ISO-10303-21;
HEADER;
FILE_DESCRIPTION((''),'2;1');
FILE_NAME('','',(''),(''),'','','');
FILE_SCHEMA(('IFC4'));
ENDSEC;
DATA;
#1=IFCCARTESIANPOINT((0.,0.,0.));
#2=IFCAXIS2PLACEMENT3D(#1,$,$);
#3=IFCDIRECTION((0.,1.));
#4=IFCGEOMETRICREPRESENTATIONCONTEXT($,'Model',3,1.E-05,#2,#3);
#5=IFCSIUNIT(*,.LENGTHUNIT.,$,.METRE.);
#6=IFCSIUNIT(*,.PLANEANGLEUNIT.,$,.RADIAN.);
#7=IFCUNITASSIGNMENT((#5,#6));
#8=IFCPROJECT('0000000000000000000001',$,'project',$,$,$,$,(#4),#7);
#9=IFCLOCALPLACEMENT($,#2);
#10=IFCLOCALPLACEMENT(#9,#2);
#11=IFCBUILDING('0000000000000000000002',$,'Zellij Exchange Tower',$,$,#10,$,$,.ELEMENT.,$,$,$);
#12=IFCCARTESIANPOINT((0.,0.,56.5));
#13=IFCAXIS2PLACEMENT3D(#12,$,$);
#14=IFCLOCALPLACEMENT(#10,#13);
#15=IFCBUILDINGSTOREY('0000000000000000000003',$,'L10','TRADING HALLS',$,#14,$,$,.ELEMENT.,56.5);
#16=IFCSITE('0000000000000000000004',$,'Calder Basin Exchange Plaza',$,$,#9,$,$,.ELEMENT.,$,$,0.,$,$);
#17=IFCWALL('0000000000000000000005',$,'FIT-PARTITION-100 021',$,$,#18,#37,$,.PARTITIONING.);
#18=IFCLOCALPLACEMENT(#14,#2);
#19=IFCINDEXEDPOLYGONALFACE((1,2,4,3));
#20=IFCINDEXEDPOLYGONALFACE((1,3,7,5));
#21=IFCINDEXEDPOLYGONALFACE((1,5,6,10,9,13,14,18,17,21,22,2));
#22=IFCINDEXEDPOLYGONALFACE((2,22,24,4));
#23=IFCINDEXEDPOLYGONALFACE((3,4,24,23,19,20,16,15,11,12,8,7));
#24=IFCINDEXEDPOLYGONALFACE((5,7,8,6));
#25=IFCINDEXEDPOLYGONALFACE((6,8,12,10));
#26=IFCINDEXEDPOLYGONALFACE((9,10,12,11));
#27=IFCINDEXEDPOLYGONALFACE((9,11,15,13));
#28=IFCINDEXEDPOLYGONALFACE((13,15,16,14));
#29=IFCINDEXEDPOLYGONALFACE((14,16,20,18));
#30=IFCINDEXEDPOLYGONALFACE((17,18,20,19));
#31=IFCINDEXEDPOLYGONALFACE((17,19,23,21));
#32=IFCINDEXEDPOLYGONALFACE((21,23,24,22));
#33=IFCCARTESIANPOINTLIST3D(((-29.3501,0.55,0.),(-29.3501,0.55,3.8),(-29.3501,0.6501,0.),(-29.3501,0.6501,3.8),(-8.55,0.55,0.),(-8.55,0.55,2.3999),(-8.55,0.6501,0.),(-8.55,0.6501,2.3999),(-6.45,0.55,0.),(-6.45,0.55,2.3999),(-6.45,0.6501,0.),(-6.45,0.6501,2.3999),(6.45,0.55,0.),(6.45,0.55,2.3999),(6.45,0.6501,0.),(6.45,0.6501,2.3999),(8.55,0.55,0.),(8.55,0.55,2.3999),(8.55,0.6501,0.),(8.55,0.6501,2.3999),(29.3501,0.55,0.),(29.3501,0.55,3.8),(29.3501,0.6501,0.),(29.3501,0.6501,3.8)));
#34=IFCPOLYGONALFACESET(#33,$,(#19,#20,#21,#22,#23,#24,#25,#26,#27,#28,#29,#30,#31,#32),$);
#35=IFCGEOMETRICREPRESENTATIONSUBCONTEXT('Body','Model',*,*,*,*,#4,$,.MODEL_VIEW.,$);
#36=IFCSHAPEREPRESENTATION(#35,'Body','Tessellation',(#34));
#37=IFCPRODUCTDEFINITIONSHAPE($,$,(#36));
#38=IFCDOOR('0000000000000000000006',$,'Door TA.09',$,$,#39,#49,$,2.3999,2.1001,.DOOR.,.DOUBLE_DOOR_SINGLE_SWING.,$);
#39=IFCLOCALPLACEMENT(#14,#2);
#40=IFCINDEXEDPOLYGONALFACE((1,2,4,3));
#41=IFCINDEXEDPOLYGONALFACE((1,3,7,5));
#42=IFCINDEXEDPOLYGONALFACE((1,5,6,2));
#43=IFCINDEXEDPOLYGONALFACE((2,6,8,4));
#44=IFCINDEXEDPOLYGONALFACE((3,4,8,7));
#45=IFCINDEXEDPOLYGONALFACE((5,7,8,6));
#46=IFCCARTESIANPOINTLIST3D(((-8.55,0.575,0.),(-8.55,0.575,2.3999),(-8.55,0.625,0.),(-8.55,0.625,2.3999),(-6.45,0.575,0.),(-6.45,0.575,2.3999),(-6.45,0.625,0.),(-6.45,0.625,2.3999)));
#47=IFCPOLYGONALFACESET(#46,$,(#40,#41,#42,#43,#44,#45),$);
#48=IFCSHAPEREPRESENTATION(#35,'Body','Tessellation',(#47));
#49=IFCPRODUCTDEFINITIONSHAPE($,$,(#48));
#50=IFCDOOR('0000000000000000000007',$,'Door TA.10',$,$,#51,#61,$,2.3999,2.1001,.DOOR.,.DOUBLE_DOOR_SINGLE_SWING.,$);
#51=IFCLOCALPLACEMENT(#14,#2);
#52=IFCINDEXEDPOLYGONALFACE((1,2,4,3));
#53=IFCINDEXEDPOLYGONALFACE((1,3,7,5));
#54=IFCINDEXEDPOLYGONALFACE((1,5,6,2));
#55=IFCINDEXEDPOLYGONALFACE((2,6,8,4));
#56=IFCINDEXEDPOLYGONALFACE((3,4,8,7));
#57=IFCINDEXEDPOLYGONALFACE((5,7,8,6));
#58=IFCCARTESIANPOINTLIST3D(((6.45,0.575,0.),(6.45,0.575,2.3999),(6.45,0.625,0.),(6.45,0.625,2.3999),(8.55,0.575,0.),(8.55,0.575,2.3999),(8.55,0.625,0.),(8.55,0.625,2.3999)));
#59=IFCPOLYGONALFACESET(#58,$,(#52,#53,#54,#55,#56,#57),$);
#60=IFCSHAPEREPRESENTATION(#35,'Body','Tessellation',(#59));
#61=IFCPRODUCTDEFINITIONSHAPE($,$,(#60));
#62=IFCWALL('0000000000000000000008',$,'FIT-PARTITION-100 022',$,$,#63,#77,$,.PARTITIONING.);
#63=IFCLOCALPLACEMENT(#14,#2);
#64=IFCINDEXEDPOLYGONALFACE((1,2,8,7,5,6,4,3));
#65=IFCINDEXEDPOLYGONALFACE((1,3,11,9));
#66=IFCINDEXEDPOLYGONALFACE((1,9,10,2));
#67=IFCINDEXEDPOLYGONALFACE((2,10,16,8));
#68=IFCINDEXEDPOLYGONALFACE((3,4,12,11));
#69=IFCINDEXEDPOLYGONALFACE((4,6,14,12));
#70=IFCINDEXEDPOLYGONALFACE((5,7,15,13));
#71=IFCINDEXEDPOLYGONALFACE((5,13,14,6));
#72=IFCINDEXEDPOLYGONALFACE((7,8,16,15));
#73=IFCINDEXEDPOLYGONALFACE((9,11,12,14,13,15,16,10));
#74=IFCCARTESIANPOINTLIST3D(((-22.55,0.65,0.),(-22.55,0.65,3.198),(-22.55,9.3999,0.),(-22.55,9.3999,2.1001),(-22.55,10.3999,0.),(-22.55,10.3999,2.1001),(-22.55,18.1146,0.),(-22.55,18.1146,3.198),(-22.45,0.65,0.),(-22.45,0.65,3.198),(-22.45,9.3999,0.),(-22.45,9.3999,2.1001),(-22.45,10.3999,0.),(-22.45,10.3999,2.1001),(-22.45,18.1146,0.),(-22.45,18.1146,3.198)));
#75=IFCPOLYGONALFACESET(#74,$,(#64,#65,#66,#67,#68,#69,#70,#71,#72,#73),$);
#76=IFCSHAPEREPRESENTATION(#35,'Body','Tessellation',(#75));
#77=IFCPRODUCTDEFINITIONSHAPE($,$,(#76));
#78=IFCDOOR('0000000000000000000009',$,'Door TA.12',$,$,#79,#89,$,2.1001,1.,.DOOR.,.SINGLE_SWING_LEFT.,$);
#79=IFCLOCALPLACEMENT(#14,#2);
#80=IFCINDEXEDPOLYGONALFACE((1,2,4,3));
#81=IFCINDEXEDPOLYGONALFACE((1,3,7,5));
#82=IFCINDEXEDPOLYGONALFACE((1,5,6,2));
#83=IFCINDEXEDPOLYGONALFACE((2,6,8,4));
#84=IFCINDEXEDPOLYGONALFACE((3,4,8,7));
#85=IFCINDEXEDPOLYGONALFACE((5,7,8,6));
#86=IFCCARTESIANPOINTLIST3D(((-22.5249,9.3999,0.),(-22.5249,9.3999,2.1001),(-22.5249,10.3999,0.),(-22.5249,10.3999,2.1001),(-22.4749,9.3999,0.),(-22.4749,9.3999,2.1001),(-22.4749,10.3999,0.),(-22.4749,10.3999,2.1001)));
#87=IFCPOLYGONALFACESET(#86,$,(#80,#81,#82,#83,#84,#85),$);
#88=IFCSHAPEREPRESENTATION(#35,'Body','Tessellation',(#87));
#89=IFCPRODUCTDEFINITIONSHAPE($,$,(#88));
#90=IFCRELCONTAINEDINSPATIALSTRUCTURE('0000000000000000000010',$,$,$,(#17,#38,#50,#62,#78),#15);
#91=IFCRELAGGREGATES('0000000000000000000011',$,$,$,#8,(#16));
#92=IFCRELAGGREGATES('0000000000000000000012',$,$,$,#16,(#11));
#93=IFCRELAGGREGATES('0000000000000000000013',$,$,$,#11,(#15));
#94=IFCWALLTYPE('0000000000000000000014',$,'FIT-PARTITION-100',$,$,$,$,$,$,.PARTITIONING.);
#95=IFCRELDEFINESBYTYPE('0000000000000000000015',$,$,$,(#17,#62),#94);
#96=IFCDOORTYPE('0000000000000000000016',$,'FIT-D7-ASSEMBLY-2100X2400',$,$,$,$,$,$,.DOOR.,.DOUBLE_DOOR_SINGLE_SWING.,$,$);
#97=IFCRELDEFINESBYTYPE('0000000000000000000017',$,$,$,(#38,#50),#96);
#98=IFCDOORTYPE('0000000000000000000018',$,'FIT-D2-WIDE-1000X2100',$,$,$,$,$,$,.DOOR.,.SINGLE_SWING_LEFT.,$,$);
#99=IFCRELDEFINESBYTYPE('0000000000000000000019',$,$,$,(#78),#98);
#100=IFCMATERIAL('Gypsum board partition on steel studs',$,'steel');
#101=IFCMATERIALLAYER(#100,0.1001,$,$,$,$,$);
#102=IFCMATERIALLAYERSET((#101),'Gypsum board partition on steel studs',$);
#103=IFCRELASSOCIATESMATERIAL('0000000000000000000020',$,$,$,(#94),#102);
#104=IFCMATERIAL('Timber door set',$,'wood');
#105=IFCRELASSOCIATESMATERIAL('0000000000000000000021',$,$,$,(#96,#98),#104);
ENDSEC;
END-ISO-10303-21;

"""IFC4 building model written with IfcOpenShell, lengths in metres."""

from ifc_helpers import new_model, si_unit, direction, frame, frame_2d, origin, place, context, subcontext, project, spatial, rectangle, extrude, material, layer, layer_set, type_object, element, fill, save


model = new_model("IFC4")

# Units and contexts
model_context = context("Model", 3, precision=1e-05, world=origin(), true_north=direction((0.0, 1.0)))
body_context = subcontext(model_context, "Body", "Model", "MODEL_VIEW")
ifc_project = project(units=[si_unit("LENGTHUNIT", "METRE"), si_unit("PLANEANGLEUNIT", "RADIAN")], contexts=[model_context])

# Site, building, storey
site_placement = place(None, origin())
site = spatial("IfcSite", under=ifc_project, at=site_placement, Name="Calder Basin Exchange Plaza", CompositionType="ELEMENT", RefElevation=0.0)
building_placement = place(site_placement, origin())
building = spatial("IfcBuilding", under=site, at=building_placement, Name="Zellij Exchange Tower", CompositionType="ELEMENT")
storey_placement = place(building_placement, frame((0.0, 0.0, 56.5)))
storey = spatial("IfcBuildingStorey", under=building, at=storey_placement, Name="L10", Description="TRADING HALLS", CompositionType="ELEMENT", Elevation=56.5)

# Shared definitions
ifc_material_1 = material(Name="Gypsum board partition on steel studs", Category="steel")
ifc_layer_1 = layer(ifc_material_1, 0.1001)
ifc_layer_set_1 = layer_set([ifc_layer_1], Name="Gypsum board partition on steel studs")
wall_type_1 = type_object("IfcWallType", Name="FIT-PARTITION-100", PredefinedType="PARTITIONING", material=ifc_layer_set_1)

# Wall, openings, doors
wall_1_placement = place(storey_placement, frame((-29.3501, 0.6001, 0.0), z_axis=(0.0, 0.0, 1.0), x_axis=(1.0, 0.0, 0.0)))
wall_1 = element("IfcWall", 1, at=wall_1_placement, inside=storey, type_object=wall_type_1, Name="FIT-PARTITION-100 021", PredefinedType="PARTITIONING", context=body_context, shape_type="SweptSolid", body=[
    extrude(rectangle(XDim=58.7002, YDim=0.1001, at=frame_2d((29.3501, 0.0))), origin(), (0.0, 0.0, 1.0), 3.8),
])
opening_1_placement = place(wall_1_placement, frame((20.8, 0.0, 0.0)))
opening_1 = element("IfcOpeningElement", 2, at=opening_1_placement, cuts=wall_1, PredefinedType="OPENING", context=body_context, shape_type="SweptSolid", body=[
    extrude(rectangle(XDim=2.1001, YDim=2.3999, at=frame_2d((1.05, 1.2))), frame((0.0, 0.062, 0.0), z_axis=(0.0, -1.0, 0.0), x_axis=(1.0, 0.0, 0.0)), (0.0, 0.0, 1.0), 0.124),
])
opening_2_placement = place(wall_1_placement, frame((35.8, 0.0, 0.0)))
opening_2 = element("IfcOpeningElement", 3, at=opening_2_placement, cuts=wall_1, PredefinedType="OPENING", context=body_context, shape_type="SweptSolid", body=[
    extrude(rectangle(XDim=2.1001, YDim=2.3999, at=frame_2d((1.05, 1.2))), frame((0.0, 0.062, 0.0), z_axis=(0.0, -1.0, 0.0), x_axis=(1.0, 0.0, 0.0)), (0.0, 0.0, 1.0), 0.124),
])
ifc_material_2 = material(Name="Timber door set", Category="wood")
door_type_1 = type_object("IfcDoorType", Name="FIT-D7-ASSEMBLY-2100X2400", OperationType="DOUBLE_DOOR_SINGLE_SWING", PredefinedType="DOOR", material=ifc_material_2)
door_1_placement = place(opening_1_placement, origin())
door_1 = element("IfcDoor", 4, at=door_1_placement, inside=storey, type_object=door_type_1, Name="Door TA.09", OperationType="DOUBLE_DOOR_SINGLE_SWING", OverallHeight=2.3999, OverallWidth=2.1001, PredefinedType="DOOR", context=body_context, shape_type="SweptSolid", body=[
    extrude(rectangle(XDim=2.1001, YDim=2.3999, at=frame_2d((1.05, 1.2))), frame((0.0, 0.0249, 0.0), z_axis=(0.0, -1.0, 0.0), x_axis=(1.0, 0.0, 0.0)), (0.0, 0.0, 1.0), 0.05),
])
fill(opening_1, door_1)
door_2_placement = place(opening_2_placement, origin())
door_2 = element("IfcDoor", 5, at=door_2_placement, inside=storey, type_object=door_type_1, Name="Door TA.10", OperationType="DOUBLE_DOOR_SINGLE_SWING", OverallHeight=2.3999, OverallWidth=2.1001, PredefinedType="DOOR", context=body_context, shape_type="SweptSolid", body=[
    extrude(rectangle(XDim=2.1001, YDim=2.3999, at=frame_2d((1.05, 1.2))), frame((0.0, 0.0249, 0.0), z_axis=(0.0, -1.0, 0.0), x_axis=(1.0, 0.0, 0.0)), (0.0, 0.0, 1.0), 0.05),
])
fill(opening_2, door_2)

# Wall, opening, door
wall_2_placement = place(storey_placement, frame((-22.5, 0.6499, 0.0), z_axis=(0.0, 0.0, 1.0), x_axis=(0.0, 1.0, 0.0)))
wall_2 = element("IfcWall", 6, at=wall_2_placement, inside=storey, type_object=wall_type_1, Name="FIT-PARTITION-100 022", PredefinedType="PARTITIONING", context=body_context, shape_type="SweptSolid", body=[
    extrude(rectangle(XDim=17.4646, YDim=0.1001, at=frame_2d((8.7324, 0.0))), origin(), (0.0, 0.0, 1.0), 3.198),
])
opening_3_placement = place(wall_2_placement, frame((8.75, 0.0, 0.0)))
opening_3 = element("IfcOpeningElement", 7, at=opening_3_placement, cuts=wall_2, PredefinedType="OPENING", context=body_context, shape_type="SweptSolid", body=[
    extrude(rectangle(XDim=1.0, YDim=2.1001, at=frame_2d((0.5, 1.05))), frame((0.0, 0.062, 0.0), z_axis=(0.0, -1.0, 0.0), x_axis=(1.0, 0.0, 0.0)), (0.0, 0.0, 1.0), 0.124),
])
door_type_2 = type_object("IfcDoorType", Name="FIT-D2-WIDE-1000X2100", OperationType="SINGLE_SWING_LEFT", PredefinedType="DOOR", material=ifc_material_2)
door_3_placement = place(opening_3_placement, origin())
door_3 = element("IfcDoor", 8, at=door_3_placement, inside=storey, type_object=door_type_2, Name="Door TA.12", OperationType="SINGLE_SWING_LEFT", OverallHeight=2.1001, OverallWidth=1.0, PredefinedType="DOOR", context=body_context, shape_type="SweptSolid", body=[
    extrude(rectangle(XDim=1.0, YDim=2.1001, at=frame_2d((0.5, 1.05))), frame((0.0, 0.0249, 0.0), z_axis=(0.0, -1.0, 0.0), x_axis=(1.0, 0.0, 0.0)), (0.0, 0.0, 1.0), 0.05),
])
fill(opening_3, door_3)

save(model, "model.ifc")
